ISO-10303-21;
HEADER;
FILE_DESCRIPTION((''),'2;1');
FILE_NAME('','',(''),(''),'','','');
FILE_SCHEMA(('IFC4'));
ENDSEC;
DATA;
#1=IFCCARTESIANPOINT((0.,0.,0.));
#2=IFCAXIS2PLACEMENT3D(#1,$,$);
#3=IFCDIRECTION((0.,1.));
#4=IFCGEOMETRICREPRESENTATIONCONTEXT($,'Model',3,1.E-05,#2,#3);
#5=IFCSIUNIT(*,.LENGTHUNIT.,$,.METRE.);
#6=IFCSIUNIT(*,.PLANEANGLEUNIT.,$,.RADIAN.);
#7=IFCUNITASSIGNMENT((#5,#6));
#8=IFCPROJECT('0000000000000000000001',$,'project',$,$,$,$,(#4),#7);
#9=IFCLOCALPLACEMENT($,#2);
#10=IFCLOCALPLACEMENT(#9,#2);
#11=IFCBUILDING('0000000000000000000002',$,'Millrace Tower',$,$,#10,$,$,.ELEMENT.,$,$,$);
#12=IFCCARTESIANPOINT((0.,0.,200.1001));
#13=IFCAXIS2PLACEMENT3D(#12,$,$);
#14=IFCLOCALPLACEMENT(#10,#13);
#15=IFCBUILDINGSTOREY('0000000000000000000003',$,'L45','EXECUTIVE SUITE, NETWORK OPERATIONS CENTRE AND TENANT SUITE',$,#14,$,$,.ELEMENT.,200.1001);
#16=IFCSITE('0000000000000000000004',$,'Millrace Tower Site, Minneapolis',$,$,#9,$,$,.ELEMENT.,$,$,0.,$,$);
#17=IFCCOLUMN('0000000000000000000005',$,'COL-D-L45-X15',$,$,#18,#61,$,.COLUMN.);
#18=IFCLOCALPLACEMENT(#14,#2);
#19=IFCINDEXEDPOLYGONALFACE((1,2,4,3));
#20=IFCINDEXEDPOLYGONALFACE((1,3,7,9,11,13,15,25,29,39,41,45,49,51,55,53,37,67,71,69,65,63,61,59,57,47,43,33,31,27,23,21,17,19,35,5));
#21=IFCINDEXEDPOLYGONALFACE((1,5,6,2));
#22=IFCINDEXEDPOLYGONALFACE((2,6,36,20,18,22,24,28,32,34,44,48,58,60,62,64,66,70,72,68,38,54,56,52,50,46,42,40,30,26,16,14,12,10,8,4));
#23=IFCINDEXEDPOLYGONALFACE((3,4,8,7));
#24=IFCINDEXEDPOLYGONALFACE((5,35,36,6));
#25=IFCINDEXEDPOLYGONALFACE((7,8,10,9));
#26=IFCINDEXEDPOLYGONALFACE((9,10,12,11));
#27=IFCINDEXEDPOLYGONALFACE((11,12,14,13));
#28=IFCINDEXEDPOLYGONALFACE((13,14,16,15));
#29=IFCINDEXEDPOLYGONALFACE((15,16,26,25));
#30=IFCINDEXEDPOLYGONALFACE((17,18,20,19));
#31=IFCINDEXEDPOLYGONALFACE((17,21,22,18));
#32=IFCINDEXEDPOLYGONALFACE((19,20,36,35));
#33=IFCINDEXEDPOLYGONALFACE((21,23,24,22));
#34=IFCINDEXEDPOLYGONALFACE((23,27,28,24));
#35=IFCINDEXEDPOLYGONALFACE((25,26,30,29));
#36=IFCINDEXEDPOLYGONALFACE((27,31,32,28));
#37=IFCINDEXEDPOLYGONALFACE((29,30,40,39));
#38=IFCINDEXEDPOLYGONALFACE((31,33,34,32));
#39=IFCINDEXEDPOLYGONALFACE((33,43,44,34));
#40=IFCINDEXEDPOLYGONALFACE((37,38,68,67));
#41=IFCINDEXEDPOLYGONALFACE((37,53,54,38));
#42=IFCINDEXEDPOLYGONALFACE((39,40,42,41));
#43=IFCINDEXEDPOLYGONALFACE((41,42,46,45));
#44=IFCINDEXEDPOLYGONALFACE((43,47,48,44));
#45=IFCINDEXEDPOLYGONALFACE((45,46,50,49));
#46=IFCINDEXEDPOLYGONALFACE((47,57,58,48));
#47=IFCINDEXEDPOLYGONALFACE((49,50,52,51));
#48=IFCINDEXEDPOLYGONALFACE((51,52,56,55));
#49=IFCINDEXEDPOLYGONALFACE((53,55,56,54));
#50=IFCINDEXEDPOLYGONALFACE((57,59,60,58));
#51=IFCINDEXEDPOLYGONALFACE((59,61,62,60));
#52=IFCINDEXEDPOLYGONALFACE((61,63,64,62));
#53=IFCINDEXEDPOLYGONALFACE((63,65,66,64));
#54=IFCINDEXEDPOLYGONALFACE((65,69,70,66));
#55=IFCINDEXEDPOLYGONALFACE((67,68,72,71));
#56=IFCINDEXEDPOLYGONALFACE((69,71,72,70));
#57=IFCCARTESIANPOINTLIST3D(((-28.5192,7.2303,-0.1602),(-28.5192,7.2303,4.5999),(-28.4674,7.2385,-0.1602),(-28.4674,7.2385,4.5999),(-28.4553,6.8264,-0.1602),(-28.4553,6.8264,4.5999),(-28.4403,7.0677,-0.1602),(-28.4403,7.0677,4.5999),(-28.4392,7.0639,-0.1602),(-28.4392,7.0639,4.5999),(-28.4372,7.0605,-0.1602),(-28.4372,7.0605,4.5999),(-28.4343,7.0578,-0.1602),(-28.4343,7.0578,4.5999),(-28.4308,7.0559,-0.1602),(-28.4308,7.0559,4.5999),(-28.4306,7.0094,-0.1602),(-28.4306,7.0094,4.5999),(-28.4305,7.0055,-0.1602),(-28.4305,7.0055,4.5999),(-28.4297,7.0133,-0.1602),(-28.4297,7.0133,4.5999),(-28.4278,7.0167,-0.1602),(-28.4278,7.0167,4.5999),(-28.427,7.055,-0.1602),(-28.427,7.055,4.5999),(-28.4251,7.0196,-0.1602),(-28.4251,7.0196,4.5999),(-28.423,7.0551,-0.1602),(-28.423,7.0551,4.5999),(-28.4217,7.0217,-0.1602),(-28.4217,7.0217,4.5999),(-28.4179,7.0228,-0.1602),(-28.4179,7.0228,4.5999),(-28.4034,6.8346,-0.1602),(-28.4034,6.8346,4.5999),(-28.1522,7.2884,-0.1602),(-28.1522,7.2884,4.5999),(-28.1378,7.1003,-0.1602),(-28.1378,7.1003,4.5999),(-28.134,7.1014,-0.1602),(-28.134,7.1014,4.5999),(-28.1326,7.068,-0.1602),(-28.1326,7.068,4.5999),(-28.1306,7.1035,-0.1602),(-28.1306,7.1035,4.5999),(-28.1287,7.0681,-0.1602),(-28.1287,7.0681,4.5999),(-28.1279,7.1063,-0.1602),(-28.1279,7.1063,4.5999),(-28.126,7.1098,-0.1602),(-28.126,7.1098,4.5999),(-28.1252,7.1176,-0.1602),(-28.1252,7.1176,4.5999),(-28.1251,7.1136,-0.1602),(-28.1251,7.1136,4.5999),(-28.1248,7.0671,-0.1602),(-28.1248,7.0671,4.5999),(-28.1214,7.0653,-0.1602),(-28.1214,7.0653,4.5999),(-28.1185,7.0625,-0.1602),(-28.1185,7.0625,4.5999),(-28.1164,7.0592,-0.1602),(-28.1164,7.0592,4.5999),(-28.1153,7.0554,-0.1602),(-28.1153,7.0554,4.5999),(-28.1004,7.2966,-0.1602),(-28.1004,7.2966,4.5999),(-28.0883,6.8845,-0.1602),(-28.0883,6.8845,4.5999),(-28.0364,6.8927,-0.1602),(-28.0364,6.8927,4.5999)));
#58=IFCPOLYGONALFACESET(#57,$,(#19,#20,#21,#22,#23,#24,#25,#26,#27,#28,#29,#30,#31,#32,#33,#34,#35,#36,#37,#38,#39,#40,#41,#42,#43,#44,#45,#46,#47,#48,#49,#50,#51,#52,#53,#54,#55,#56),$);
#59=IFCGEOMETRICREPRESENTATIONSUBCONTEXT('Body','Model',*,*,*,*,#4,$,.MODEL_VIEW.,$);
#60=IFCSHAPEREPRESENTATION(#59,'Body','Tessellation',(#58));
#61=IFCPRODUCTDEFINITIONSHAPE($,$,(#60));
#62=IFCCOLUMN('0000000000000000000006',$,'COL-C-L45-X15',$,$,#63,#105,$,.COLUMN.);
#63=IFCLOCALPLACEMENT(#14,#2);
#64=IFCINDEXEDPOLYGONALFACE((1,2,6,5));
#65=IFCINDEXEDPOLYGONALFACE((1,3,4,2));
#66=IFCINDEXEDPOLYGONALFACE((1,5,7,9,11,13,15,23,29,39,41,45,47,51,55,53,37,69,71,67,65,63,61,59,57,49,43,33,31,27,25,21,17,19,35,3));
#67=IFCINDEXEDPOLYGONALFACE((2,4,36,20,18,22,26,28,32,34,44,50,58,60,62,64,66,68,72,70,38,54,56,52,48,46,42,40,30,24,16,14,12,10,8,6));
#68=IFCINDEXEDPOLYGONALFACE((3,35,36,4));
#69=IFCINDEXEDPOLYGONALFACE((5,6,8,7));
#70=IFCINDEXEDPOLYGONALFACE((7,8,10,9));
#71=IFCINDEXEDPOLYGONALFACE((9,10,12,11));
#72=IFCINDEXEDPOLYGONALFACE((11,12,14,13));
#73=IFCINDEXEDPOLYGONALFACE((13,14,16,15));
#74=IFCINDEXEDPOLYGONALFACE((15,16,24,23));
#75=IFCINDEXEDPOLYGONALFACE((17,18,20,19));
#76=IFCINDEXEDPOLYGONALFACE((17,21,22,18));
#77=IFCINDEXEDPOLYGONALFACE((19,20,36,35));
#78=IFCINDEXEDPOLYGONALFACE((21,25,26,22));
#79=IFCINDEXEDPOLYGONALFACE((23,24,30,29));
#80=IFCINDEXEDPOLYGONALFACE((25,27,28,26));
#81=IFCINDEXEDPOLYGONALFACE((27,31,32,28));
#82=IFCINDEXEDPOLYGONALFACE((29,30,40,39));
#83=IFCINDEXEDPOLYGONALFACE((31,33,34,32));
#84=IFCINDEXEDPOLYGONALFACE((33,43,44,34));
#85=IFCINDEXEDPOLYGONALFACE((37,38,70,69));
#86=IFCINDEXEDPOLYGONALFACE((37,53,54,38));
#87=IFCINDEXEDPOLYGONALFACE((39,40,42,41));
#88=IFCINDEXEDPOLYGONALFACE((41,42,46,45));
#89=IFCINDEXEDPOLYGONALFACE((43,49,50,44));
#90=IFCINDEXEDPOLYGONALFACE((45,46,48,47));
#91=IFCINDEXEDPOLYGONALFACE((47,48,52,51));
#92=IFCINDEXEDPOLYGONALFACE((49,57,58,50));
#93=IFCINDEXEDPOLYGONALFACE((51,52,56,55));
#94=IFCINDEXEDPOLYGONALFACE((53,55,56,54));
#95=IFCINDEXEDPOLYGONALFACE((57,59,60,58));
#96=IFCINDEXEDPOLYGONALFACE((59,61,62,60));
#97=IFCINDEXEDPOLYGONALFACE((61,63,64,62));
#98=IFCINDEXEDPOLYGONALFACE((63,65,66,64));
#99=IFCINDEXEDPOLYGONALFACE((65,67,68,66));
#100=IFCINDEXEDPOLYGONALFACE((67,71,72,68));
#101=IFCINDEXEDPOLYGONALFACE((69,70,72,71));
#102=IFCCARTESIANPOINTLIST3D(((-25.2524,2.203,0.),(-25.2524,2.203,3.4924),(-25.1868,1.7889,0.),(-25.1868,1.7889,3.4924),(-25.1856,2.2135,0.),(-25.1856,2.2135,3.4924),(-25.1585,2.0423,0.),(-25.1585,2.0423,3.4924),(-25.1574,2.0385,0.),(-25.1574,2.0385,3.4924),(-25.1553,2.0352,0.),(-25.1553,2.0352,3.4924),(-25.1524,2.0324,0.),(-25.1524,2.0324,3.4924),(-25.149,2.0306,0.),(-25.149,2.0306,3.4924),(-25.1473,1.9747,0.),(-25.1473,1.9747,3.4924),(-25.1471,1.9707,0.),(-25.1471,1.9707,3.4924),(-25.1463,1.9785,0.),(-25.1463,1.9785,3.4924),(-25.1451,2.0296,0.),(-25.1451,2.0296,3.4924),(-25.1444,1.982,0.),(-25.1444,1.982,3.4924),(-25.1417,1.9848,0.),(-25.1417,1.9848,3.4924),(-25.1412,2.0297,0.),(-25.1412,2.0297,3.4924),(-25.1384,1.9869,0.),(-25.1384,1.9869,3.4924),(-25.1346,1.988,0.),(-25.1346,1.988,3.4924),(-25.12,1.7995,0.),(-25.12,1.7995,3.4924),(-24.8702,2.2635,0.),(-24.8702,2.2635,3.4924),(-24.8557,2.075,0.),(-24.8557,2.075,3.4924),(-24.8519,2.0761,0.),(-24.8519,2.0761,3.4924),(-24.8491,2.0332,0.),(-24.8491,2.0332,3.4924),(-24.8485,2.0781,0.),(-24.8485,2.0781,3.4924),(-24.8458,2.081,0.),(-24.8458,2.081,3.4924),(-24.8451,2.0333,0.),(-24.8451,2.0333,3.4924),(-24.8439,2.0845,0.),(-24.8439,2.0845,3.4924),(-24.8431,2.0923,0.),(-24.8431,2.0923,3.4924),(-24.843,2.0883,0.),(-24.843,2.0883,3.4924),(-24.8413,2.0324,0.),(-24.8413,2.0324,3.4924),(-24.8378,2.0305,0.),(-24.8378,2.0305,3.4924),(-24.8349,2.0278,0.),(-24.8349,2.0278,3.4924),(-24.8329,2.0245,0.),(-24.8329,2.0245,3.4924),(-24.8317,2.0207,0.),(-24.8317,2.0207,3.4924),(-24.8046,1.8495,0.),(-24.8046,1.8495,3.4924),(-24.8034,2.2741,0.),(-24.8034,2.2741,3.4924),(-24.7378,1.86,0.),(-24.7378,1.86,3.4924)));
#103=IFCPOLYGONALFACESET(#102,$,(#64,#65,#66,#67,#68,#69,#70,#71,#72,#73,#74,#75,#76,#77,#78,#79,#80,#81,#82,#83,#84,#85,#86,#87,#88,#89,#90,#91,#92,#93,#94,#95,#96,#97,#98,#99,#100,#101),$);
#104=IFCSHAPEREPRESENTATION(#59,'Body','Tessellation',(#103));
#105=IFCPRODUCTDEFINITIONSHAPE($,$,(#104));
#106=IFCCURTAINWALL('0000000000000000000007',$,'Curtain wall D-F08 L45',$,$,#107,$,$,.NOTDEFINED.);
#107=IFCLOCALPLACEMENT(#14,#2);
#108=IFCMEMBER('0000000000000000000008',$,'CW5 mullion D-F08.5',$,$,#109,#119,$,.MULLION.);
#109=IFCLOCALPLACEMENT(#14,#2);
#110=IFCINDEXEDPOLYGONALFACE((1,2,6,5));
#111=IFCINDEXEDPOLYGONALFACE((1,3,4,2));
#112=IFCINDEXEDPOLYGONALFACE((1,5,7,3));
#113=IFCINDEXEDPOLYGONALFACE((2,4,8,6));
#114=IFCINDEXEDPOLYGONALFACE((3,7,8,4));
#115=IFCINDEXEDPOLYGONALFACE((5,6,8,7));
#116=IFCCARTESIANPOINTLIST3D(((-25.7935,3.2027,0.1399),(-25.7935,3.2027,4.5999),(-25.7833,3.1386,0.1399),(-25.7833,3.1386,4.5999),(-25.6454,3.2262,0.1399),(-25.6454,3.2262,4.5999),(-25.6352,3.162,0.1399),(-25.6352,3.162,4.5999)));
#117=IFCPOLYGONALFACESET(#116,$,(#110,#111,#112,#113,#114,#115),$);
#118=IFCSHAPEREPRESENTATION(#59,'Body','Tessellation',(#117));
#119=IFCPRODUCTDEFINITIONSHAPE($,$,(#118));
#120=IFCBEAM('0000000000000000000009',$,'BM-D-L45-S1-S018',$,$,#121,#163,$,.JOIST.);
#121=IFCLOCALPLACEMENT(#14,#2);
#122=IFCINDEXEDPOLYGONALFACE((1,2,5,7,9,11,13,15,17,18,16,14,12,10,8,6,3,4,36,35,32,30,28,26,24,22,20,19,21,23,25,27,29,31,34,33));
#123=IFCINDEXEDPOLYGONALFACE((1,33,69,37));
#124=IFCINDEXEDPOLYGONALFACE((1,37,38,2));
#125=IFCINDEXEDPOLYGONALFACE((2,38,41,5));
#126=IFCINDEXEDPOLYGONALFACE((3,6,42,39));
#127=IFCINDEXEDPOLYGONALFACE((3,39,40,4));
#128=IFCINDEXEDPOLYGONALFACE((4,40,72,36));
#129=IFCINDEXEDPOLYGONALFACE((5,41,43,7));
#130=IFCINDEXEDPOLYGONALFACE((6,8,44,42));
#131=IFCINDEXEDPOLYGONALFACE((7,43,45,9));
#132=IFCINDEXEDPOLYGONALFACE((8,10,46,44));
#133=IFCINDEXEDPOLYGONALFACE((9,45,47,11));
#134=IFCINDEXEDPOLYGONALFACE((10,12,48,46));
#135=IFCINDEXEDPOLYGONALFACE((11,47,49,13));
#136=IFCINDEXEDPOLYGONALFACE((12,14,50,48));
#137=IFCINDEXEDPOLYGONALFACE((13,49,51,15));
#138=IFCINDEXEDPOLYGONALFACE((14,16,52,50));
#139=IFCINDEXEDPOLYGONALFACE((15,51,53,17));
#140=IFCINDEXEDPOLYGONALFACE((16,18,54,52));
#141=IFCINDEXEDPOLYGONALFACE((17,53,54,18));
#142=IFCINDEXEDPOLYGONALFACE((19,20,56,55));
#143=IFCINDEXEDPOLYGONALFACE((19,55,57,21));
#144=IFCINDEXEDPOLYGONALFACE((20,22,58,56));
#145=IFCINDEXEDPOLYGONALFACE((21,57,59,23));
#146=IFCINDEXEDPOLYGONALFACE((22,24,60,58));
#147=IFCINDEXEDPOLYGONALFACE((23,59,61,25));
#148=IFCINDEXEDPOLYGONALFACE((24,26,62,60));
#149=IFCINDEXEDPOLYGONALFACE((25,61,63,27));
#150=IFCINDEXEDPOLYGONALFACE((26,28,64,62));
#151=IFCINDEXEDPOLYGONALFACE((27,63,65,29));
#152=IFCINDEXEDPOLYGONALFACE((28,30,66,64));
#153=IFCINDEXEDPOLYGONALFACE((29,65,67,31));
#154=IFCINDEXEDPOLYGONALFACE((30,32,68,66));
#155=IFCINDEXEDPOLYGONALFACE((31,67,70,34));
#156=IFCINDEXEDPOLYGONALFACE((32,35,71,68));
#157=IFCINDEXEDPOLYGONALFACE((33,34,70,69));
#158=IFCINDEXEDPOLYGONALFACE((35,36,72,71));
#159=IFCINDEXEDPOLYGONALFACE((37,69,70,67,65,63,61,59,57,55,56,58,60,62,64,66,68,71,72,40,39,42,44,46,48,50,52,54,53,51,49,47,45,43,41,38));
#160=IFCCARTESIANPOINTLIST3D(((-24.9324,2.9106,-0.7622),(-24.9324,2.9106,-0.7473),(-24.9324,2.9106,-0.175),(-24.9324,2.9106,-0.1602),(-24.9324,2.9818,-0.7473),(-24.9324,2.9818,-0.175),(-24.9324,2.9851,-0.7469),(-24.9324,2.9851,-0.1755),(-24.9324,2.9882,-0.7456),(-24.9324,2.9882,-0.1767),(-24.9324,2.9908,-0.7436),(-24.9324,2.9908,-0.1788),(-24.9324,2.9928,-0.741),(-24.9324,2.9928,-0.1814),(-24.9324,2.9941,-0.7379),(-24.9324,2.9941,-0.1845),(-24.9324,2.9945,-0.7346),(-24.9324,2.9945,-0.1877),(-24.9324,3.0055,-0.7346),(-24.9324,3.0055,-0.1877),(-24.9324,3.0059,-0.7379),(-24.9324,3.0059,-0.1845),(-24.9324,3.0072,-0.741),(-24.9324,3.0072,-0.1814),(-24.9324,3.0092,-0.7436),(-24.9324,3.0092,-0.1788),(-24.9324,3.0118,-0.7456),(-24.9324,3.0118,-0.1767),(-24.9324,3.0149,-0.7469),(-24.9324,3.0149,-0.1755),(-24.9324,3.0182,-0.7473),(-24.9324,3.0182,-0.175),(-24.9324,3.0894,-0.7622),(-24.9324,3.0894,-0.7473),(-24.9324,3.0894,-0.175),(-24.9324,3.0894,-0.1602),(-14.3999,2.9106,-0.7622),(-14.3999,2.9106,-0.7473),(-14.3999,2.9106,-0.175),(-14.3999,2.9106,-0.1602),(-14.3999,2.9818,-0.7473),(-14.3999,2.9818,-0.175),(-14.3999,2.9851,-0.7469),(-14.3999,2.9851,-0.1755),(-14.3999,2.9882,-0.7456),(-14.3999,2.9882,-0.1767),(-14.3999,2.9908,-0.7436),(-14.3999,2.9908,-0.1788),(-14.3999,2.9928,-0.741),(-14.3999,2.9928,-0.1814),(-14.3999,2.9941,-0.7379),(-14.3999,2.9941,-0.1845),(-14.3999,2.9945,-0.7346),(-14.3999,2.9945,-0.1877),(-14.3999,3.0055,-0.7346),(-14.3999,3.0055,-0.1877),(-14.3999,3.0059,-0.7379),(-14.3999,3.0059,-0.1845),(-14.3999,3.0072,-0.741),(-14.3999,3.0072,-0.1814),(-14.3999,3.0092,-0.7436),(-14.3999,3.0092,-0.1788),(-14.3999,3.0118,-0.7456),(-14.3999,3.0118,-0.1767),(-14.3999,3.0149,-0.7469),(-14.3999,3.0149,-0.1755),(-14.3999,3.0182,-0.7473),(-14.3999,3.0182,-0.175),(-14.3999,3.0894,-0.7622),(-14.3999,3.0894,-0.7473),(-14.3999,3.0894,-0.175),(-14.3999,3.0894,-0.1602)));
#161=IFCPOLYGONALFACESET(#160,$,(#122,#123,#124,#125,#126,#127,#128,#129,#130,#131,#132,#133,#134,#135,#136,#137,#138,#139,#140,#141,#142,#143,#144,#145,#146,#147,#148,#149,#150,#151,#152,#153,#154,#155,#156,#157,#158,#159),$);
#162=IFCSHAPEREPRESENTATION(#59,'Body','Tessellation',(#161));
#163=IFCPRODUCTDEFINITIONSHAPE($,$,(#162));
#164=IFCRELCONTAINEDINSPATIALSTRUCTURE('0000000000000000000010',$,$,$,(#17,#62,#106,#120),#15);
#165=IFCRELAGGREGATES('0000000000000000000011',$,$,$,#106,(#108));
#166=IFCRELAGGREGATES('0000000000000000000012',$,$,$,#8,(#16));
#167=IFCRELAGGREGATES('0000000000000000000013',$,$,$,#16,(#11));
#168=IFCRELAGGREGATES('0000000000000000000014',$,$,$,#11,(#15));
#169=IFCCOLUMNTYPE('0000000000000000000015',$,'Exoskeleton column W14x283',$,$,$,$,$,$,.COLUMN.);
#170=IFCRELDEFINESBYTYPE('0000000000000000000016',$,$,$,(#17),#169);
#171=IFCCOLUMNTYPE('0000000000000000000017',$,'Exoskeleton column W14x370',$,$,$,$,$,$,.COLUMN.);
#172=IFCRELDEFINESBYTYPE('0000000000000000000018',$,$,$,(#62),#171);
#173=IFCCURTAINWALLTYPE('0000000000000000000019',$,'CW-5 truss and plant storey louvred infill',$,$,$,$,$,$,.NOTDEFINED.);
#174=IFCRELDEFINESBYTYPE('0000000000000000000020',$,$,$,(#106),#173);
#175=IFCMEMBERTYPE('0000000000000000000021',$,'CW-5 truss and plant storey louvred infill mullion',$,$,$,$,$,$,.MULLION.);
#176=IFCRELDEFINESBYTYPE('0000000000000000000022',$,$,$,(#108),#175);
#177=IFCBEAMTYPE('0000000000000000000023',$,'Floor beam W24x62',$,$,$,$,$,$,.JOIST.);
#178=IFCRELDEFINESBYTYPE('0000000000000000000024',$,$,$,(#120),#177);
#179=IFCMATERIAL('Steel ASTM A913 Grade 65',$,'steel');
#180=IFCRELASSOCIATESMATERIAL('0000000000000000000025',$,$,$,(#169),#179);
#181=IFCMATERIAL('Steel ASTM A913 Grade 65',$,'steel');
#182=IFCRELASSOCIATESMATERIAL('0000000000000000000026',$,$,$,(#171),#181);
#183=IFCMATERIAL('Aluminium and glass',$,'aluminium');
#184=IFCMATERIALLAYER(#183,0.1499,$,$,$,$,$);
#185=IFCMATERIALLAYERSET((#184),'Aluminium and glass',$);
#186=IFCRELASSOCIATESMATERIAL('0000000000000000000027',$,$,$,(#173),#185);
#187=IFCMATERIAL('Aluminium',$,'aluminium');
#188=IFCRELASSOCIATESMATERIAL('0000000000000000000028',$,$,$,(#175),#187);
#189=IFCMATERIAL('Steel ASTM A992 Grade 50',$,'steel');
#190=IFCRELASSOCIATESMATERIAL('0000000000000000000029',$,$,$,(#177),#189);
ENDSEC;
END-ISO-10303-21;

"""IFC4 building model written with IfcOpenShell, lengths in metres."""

from ifc_helpers import new_model, si_unit, direction, frame, origin, origin_2d, place, context, subcontext, project, spatial, rectangle, i_section, extrude, material, layer, layer_set, material_profile, profile_set, type_object, element, aggregate, save


model = new_model("IFC4")

# Units and contexts
model_context = context("Model", 3, precision=1e-05, world=origin(), true_north=direction((0.0, 1.0)))
body_context = subcontext(model_context, "Body", "Model", "MODEL_VIEW")
ifc_project = project(units=[si_unit("LENGTHUNIT", "METRE"), si_unit("PLANEANGLEUNIT", "RADIAN")], contexts=[model_context])

# Site, building, storey
site_placement = place(None, origin())
site = spatial("IfcSite", under=ifc_project, at=site_placement, Name="Millrace Tower Site, Minneapolis", CompositionType="ELEMENT", RefElevation=0.0)
building_placement = place(site_placement, origin())
building = spatial("IfcBuilding", under=site, at=building_placement, Name="Millrace Tower", CompositionType="ELEMENT")
storey_placement = place(building_placement, frame((0.0, 0.0, 200.1001)))
storey = spatial("IfcBuildingStorey", under=building, at=storey_placement, Name="L45", Description="EXECUTIVE SUITE, NETWORK OPERATIONS CENTRE AND TENANT SUITE", CompositionType="ELEMENT", Elevation=200.1001)

# Columns
ifc_material_1 = material(Name="Steel ASTM A913 Grade 65", Category="steel")
ifc_material_profile_1 = material_profile(ifc_material_1, i_section(OverallWidth=0.4089, OverallDepth=0.4241, WebThickness=0.0327, FlangeThickness=0.0525, FilletRadius=0.0151, at=origin_2d()))
ifc_profile_set_1 = profile_set([ifc_material_profile_1], Name="Steel ASTM A913 Grade 65")
column_type_1 = type_object("IfcColumnType", Name="Exoskeleton column W14x283", PredefinedType="COLUMN", material=ifc_profile_set_1)
column_1_placement = place(storey_placement, frame((-28.2778, 7.0615, -0.1602), z_axis=(0.0, 0.0, 1.0), x_axis=(0.156434, -0.987688, 0.0)))
element("IfcColumn", 1, at=column_1_placement, inside=storey, type_object=column_type_1, Name="COL-D-L45-X15", PredefinedType="COLUMN", context=body_context, shape_type="SweptSolid", body=[
    extrude(i_section(OverallWidth=0.4089, OverallDepth=0.4241, WebThickness=0.0327, FlangeThickness=0.0525, FilletRadius=0.0151, at=origin_2d()), origin(), (0.0, 0.0, 1.0), 4.76),
])
ifc_material_2 = material(Name="Steel ASTM A913 Grade 65", Category="steel")
ifc_material_profile_2 = material_profile(ifc_material_2, i_section(OverallWidth=0.4192, OverallDepth=0.4546, WebThickness=0.0422, FlangeThickness=0.0676, FilletRadius=0.0151, at=origin_2d()))
ifc_profile_set_2 = profile_set([ifc_material_profile_2], Name="Steel ASTM A913 Grade 65")
column_type_2 = type_object("IfcColumnType", Name="Exoskeleton column W14x370", PredefinedType="COLUMN", material=ifc_profile_set_2)
column_2_placement = place(storey_placement, frame((-24.9951, 2.0315, 0.0), z_axis=(0.0, 0.0, 1.0), x_axis=(0.156434, -0.987688, 0.0)))
element("IfcColumn", 2, at=column_2_placement, inside=storey, type_object=column_type_2, Name="COL-C-L45-X15", PredefinedType="COLUMN", context=body_context, shape_type="SweptSolid", body=[
    extrude(i_section(OverallWidth=0.4192, OverallDepth=0.4546, WebThickness=0.0422, FlangeThickness=0.0676, FilletRadius=0.0151, at=origin_2d()), origin(), (0.0, 0.0, 1.0), 3.4924),
])

# Curtain wall, member
ifc_material_3 = material(Name="Aluminium and glass", Category="aluminium")
ifc_layer_1 = layer(ifc_material_3, 0.1499)
ifc_layer_set_1 = layer_set([ifc_layer_1], Name="Aluminium and glass")
curtain_wall_type = type_object("IfcCurtainWallType", Name="CW-5 truss and plant storey louvred infill", PredefinedType="NOTDEFINED", material=ifc_layer_set_1)
curtain_wall_placement = place(storey_placement, origin())
curtain_wall = element("IfcCurtainWall", 3, at=curtain_wall_placement, inside=storey, type_object=curtain_wall_type, Name="Curtain wall D-F08 L45", PredefinedType="NOTDEFINED")
ifc_material_4 = material(Name="Aluminium", Category="aluminium")
ifc_material_profile_3 = material_profile(ifc_material_4, rectangle(XDim=0.0649, YDim=0.1499, at=origin_2d()))
ifc_profile_set_3 = profile_set([ifc_material_profile_3], Name="Aluminium")
member_type_1 = type_object("IfcMemberType", Name="CW-5 truss and plant storey louvred infill mullion", PredefinedType="MULLION", material=ifc_profile_set_3)
member_1_placement = place(storey_placement, frame((-25.7144, 3.1824, 0.1399), z_axis=(0.0, 0.0, 1.0), x_axis=(0.156434, -0.987688, 0.0)))
member_1 = element("IfcMember", 4, at=member_1_placement, type_object=member_type_1, Name="CW5 mullion D-F08.5", PredefinedType="MULLION", context=body_context, shape_type="SweptSolid", body=[
    extrude(rectangle(XDim=0.0649, YDim=0.1499, at=origin_2d()), origin(), (0.0, 0.0, 1.0), 4.46),
])
aggregate(curtain_wall, [member_1])

# Beam
ifc_material_5 = material(Name="Steel ASTM A992 Grade 50", Category="steel")
ifc_material_profile_4 = material_profile(ifc_material_5, i_section(OverallWidth=0.1787, OverallDepth=0.6021, WebThickness=0.011, FlangeThickness=0.0149, FilletRadius=0.0127, at=origin_2d()))
ifc_profile_set_4 = profile_set([ifc_material_profile_4], Name="Steel ASTM A992 Grade 50")
beam_type_1 = type_object("IfcBeamType", Name="Floor beam W24x62", PredefinedType="JOIST", material=ifc_profile_set_4)
beam_1_placement = place(storey_placement, frame((-24.9324, 3.0, -0.4612), z_axis=(1.0, 0.0, 0.0), x_axis=(0.0, 1.0, 0.0)))
element("IfcBeam", 5, at=beam_1_placement, inside=storey, type_object=beam_type_1, Name="BM-D-L45-S1-S018", PredefinedType="JOIST", context=body_context, shape_type="SweptSolid", body=[
    extrude(i_section(OverallWidth=0.1787, OverallDepth=0.6021, WebThickness=0.011, FlangeThickness=0.0149, FilletRadius=0.0127, at=origin_2d()), origin(), (0.0, 0.0, 1.0), 10.5325),
])

save(model, "model.ifc")
